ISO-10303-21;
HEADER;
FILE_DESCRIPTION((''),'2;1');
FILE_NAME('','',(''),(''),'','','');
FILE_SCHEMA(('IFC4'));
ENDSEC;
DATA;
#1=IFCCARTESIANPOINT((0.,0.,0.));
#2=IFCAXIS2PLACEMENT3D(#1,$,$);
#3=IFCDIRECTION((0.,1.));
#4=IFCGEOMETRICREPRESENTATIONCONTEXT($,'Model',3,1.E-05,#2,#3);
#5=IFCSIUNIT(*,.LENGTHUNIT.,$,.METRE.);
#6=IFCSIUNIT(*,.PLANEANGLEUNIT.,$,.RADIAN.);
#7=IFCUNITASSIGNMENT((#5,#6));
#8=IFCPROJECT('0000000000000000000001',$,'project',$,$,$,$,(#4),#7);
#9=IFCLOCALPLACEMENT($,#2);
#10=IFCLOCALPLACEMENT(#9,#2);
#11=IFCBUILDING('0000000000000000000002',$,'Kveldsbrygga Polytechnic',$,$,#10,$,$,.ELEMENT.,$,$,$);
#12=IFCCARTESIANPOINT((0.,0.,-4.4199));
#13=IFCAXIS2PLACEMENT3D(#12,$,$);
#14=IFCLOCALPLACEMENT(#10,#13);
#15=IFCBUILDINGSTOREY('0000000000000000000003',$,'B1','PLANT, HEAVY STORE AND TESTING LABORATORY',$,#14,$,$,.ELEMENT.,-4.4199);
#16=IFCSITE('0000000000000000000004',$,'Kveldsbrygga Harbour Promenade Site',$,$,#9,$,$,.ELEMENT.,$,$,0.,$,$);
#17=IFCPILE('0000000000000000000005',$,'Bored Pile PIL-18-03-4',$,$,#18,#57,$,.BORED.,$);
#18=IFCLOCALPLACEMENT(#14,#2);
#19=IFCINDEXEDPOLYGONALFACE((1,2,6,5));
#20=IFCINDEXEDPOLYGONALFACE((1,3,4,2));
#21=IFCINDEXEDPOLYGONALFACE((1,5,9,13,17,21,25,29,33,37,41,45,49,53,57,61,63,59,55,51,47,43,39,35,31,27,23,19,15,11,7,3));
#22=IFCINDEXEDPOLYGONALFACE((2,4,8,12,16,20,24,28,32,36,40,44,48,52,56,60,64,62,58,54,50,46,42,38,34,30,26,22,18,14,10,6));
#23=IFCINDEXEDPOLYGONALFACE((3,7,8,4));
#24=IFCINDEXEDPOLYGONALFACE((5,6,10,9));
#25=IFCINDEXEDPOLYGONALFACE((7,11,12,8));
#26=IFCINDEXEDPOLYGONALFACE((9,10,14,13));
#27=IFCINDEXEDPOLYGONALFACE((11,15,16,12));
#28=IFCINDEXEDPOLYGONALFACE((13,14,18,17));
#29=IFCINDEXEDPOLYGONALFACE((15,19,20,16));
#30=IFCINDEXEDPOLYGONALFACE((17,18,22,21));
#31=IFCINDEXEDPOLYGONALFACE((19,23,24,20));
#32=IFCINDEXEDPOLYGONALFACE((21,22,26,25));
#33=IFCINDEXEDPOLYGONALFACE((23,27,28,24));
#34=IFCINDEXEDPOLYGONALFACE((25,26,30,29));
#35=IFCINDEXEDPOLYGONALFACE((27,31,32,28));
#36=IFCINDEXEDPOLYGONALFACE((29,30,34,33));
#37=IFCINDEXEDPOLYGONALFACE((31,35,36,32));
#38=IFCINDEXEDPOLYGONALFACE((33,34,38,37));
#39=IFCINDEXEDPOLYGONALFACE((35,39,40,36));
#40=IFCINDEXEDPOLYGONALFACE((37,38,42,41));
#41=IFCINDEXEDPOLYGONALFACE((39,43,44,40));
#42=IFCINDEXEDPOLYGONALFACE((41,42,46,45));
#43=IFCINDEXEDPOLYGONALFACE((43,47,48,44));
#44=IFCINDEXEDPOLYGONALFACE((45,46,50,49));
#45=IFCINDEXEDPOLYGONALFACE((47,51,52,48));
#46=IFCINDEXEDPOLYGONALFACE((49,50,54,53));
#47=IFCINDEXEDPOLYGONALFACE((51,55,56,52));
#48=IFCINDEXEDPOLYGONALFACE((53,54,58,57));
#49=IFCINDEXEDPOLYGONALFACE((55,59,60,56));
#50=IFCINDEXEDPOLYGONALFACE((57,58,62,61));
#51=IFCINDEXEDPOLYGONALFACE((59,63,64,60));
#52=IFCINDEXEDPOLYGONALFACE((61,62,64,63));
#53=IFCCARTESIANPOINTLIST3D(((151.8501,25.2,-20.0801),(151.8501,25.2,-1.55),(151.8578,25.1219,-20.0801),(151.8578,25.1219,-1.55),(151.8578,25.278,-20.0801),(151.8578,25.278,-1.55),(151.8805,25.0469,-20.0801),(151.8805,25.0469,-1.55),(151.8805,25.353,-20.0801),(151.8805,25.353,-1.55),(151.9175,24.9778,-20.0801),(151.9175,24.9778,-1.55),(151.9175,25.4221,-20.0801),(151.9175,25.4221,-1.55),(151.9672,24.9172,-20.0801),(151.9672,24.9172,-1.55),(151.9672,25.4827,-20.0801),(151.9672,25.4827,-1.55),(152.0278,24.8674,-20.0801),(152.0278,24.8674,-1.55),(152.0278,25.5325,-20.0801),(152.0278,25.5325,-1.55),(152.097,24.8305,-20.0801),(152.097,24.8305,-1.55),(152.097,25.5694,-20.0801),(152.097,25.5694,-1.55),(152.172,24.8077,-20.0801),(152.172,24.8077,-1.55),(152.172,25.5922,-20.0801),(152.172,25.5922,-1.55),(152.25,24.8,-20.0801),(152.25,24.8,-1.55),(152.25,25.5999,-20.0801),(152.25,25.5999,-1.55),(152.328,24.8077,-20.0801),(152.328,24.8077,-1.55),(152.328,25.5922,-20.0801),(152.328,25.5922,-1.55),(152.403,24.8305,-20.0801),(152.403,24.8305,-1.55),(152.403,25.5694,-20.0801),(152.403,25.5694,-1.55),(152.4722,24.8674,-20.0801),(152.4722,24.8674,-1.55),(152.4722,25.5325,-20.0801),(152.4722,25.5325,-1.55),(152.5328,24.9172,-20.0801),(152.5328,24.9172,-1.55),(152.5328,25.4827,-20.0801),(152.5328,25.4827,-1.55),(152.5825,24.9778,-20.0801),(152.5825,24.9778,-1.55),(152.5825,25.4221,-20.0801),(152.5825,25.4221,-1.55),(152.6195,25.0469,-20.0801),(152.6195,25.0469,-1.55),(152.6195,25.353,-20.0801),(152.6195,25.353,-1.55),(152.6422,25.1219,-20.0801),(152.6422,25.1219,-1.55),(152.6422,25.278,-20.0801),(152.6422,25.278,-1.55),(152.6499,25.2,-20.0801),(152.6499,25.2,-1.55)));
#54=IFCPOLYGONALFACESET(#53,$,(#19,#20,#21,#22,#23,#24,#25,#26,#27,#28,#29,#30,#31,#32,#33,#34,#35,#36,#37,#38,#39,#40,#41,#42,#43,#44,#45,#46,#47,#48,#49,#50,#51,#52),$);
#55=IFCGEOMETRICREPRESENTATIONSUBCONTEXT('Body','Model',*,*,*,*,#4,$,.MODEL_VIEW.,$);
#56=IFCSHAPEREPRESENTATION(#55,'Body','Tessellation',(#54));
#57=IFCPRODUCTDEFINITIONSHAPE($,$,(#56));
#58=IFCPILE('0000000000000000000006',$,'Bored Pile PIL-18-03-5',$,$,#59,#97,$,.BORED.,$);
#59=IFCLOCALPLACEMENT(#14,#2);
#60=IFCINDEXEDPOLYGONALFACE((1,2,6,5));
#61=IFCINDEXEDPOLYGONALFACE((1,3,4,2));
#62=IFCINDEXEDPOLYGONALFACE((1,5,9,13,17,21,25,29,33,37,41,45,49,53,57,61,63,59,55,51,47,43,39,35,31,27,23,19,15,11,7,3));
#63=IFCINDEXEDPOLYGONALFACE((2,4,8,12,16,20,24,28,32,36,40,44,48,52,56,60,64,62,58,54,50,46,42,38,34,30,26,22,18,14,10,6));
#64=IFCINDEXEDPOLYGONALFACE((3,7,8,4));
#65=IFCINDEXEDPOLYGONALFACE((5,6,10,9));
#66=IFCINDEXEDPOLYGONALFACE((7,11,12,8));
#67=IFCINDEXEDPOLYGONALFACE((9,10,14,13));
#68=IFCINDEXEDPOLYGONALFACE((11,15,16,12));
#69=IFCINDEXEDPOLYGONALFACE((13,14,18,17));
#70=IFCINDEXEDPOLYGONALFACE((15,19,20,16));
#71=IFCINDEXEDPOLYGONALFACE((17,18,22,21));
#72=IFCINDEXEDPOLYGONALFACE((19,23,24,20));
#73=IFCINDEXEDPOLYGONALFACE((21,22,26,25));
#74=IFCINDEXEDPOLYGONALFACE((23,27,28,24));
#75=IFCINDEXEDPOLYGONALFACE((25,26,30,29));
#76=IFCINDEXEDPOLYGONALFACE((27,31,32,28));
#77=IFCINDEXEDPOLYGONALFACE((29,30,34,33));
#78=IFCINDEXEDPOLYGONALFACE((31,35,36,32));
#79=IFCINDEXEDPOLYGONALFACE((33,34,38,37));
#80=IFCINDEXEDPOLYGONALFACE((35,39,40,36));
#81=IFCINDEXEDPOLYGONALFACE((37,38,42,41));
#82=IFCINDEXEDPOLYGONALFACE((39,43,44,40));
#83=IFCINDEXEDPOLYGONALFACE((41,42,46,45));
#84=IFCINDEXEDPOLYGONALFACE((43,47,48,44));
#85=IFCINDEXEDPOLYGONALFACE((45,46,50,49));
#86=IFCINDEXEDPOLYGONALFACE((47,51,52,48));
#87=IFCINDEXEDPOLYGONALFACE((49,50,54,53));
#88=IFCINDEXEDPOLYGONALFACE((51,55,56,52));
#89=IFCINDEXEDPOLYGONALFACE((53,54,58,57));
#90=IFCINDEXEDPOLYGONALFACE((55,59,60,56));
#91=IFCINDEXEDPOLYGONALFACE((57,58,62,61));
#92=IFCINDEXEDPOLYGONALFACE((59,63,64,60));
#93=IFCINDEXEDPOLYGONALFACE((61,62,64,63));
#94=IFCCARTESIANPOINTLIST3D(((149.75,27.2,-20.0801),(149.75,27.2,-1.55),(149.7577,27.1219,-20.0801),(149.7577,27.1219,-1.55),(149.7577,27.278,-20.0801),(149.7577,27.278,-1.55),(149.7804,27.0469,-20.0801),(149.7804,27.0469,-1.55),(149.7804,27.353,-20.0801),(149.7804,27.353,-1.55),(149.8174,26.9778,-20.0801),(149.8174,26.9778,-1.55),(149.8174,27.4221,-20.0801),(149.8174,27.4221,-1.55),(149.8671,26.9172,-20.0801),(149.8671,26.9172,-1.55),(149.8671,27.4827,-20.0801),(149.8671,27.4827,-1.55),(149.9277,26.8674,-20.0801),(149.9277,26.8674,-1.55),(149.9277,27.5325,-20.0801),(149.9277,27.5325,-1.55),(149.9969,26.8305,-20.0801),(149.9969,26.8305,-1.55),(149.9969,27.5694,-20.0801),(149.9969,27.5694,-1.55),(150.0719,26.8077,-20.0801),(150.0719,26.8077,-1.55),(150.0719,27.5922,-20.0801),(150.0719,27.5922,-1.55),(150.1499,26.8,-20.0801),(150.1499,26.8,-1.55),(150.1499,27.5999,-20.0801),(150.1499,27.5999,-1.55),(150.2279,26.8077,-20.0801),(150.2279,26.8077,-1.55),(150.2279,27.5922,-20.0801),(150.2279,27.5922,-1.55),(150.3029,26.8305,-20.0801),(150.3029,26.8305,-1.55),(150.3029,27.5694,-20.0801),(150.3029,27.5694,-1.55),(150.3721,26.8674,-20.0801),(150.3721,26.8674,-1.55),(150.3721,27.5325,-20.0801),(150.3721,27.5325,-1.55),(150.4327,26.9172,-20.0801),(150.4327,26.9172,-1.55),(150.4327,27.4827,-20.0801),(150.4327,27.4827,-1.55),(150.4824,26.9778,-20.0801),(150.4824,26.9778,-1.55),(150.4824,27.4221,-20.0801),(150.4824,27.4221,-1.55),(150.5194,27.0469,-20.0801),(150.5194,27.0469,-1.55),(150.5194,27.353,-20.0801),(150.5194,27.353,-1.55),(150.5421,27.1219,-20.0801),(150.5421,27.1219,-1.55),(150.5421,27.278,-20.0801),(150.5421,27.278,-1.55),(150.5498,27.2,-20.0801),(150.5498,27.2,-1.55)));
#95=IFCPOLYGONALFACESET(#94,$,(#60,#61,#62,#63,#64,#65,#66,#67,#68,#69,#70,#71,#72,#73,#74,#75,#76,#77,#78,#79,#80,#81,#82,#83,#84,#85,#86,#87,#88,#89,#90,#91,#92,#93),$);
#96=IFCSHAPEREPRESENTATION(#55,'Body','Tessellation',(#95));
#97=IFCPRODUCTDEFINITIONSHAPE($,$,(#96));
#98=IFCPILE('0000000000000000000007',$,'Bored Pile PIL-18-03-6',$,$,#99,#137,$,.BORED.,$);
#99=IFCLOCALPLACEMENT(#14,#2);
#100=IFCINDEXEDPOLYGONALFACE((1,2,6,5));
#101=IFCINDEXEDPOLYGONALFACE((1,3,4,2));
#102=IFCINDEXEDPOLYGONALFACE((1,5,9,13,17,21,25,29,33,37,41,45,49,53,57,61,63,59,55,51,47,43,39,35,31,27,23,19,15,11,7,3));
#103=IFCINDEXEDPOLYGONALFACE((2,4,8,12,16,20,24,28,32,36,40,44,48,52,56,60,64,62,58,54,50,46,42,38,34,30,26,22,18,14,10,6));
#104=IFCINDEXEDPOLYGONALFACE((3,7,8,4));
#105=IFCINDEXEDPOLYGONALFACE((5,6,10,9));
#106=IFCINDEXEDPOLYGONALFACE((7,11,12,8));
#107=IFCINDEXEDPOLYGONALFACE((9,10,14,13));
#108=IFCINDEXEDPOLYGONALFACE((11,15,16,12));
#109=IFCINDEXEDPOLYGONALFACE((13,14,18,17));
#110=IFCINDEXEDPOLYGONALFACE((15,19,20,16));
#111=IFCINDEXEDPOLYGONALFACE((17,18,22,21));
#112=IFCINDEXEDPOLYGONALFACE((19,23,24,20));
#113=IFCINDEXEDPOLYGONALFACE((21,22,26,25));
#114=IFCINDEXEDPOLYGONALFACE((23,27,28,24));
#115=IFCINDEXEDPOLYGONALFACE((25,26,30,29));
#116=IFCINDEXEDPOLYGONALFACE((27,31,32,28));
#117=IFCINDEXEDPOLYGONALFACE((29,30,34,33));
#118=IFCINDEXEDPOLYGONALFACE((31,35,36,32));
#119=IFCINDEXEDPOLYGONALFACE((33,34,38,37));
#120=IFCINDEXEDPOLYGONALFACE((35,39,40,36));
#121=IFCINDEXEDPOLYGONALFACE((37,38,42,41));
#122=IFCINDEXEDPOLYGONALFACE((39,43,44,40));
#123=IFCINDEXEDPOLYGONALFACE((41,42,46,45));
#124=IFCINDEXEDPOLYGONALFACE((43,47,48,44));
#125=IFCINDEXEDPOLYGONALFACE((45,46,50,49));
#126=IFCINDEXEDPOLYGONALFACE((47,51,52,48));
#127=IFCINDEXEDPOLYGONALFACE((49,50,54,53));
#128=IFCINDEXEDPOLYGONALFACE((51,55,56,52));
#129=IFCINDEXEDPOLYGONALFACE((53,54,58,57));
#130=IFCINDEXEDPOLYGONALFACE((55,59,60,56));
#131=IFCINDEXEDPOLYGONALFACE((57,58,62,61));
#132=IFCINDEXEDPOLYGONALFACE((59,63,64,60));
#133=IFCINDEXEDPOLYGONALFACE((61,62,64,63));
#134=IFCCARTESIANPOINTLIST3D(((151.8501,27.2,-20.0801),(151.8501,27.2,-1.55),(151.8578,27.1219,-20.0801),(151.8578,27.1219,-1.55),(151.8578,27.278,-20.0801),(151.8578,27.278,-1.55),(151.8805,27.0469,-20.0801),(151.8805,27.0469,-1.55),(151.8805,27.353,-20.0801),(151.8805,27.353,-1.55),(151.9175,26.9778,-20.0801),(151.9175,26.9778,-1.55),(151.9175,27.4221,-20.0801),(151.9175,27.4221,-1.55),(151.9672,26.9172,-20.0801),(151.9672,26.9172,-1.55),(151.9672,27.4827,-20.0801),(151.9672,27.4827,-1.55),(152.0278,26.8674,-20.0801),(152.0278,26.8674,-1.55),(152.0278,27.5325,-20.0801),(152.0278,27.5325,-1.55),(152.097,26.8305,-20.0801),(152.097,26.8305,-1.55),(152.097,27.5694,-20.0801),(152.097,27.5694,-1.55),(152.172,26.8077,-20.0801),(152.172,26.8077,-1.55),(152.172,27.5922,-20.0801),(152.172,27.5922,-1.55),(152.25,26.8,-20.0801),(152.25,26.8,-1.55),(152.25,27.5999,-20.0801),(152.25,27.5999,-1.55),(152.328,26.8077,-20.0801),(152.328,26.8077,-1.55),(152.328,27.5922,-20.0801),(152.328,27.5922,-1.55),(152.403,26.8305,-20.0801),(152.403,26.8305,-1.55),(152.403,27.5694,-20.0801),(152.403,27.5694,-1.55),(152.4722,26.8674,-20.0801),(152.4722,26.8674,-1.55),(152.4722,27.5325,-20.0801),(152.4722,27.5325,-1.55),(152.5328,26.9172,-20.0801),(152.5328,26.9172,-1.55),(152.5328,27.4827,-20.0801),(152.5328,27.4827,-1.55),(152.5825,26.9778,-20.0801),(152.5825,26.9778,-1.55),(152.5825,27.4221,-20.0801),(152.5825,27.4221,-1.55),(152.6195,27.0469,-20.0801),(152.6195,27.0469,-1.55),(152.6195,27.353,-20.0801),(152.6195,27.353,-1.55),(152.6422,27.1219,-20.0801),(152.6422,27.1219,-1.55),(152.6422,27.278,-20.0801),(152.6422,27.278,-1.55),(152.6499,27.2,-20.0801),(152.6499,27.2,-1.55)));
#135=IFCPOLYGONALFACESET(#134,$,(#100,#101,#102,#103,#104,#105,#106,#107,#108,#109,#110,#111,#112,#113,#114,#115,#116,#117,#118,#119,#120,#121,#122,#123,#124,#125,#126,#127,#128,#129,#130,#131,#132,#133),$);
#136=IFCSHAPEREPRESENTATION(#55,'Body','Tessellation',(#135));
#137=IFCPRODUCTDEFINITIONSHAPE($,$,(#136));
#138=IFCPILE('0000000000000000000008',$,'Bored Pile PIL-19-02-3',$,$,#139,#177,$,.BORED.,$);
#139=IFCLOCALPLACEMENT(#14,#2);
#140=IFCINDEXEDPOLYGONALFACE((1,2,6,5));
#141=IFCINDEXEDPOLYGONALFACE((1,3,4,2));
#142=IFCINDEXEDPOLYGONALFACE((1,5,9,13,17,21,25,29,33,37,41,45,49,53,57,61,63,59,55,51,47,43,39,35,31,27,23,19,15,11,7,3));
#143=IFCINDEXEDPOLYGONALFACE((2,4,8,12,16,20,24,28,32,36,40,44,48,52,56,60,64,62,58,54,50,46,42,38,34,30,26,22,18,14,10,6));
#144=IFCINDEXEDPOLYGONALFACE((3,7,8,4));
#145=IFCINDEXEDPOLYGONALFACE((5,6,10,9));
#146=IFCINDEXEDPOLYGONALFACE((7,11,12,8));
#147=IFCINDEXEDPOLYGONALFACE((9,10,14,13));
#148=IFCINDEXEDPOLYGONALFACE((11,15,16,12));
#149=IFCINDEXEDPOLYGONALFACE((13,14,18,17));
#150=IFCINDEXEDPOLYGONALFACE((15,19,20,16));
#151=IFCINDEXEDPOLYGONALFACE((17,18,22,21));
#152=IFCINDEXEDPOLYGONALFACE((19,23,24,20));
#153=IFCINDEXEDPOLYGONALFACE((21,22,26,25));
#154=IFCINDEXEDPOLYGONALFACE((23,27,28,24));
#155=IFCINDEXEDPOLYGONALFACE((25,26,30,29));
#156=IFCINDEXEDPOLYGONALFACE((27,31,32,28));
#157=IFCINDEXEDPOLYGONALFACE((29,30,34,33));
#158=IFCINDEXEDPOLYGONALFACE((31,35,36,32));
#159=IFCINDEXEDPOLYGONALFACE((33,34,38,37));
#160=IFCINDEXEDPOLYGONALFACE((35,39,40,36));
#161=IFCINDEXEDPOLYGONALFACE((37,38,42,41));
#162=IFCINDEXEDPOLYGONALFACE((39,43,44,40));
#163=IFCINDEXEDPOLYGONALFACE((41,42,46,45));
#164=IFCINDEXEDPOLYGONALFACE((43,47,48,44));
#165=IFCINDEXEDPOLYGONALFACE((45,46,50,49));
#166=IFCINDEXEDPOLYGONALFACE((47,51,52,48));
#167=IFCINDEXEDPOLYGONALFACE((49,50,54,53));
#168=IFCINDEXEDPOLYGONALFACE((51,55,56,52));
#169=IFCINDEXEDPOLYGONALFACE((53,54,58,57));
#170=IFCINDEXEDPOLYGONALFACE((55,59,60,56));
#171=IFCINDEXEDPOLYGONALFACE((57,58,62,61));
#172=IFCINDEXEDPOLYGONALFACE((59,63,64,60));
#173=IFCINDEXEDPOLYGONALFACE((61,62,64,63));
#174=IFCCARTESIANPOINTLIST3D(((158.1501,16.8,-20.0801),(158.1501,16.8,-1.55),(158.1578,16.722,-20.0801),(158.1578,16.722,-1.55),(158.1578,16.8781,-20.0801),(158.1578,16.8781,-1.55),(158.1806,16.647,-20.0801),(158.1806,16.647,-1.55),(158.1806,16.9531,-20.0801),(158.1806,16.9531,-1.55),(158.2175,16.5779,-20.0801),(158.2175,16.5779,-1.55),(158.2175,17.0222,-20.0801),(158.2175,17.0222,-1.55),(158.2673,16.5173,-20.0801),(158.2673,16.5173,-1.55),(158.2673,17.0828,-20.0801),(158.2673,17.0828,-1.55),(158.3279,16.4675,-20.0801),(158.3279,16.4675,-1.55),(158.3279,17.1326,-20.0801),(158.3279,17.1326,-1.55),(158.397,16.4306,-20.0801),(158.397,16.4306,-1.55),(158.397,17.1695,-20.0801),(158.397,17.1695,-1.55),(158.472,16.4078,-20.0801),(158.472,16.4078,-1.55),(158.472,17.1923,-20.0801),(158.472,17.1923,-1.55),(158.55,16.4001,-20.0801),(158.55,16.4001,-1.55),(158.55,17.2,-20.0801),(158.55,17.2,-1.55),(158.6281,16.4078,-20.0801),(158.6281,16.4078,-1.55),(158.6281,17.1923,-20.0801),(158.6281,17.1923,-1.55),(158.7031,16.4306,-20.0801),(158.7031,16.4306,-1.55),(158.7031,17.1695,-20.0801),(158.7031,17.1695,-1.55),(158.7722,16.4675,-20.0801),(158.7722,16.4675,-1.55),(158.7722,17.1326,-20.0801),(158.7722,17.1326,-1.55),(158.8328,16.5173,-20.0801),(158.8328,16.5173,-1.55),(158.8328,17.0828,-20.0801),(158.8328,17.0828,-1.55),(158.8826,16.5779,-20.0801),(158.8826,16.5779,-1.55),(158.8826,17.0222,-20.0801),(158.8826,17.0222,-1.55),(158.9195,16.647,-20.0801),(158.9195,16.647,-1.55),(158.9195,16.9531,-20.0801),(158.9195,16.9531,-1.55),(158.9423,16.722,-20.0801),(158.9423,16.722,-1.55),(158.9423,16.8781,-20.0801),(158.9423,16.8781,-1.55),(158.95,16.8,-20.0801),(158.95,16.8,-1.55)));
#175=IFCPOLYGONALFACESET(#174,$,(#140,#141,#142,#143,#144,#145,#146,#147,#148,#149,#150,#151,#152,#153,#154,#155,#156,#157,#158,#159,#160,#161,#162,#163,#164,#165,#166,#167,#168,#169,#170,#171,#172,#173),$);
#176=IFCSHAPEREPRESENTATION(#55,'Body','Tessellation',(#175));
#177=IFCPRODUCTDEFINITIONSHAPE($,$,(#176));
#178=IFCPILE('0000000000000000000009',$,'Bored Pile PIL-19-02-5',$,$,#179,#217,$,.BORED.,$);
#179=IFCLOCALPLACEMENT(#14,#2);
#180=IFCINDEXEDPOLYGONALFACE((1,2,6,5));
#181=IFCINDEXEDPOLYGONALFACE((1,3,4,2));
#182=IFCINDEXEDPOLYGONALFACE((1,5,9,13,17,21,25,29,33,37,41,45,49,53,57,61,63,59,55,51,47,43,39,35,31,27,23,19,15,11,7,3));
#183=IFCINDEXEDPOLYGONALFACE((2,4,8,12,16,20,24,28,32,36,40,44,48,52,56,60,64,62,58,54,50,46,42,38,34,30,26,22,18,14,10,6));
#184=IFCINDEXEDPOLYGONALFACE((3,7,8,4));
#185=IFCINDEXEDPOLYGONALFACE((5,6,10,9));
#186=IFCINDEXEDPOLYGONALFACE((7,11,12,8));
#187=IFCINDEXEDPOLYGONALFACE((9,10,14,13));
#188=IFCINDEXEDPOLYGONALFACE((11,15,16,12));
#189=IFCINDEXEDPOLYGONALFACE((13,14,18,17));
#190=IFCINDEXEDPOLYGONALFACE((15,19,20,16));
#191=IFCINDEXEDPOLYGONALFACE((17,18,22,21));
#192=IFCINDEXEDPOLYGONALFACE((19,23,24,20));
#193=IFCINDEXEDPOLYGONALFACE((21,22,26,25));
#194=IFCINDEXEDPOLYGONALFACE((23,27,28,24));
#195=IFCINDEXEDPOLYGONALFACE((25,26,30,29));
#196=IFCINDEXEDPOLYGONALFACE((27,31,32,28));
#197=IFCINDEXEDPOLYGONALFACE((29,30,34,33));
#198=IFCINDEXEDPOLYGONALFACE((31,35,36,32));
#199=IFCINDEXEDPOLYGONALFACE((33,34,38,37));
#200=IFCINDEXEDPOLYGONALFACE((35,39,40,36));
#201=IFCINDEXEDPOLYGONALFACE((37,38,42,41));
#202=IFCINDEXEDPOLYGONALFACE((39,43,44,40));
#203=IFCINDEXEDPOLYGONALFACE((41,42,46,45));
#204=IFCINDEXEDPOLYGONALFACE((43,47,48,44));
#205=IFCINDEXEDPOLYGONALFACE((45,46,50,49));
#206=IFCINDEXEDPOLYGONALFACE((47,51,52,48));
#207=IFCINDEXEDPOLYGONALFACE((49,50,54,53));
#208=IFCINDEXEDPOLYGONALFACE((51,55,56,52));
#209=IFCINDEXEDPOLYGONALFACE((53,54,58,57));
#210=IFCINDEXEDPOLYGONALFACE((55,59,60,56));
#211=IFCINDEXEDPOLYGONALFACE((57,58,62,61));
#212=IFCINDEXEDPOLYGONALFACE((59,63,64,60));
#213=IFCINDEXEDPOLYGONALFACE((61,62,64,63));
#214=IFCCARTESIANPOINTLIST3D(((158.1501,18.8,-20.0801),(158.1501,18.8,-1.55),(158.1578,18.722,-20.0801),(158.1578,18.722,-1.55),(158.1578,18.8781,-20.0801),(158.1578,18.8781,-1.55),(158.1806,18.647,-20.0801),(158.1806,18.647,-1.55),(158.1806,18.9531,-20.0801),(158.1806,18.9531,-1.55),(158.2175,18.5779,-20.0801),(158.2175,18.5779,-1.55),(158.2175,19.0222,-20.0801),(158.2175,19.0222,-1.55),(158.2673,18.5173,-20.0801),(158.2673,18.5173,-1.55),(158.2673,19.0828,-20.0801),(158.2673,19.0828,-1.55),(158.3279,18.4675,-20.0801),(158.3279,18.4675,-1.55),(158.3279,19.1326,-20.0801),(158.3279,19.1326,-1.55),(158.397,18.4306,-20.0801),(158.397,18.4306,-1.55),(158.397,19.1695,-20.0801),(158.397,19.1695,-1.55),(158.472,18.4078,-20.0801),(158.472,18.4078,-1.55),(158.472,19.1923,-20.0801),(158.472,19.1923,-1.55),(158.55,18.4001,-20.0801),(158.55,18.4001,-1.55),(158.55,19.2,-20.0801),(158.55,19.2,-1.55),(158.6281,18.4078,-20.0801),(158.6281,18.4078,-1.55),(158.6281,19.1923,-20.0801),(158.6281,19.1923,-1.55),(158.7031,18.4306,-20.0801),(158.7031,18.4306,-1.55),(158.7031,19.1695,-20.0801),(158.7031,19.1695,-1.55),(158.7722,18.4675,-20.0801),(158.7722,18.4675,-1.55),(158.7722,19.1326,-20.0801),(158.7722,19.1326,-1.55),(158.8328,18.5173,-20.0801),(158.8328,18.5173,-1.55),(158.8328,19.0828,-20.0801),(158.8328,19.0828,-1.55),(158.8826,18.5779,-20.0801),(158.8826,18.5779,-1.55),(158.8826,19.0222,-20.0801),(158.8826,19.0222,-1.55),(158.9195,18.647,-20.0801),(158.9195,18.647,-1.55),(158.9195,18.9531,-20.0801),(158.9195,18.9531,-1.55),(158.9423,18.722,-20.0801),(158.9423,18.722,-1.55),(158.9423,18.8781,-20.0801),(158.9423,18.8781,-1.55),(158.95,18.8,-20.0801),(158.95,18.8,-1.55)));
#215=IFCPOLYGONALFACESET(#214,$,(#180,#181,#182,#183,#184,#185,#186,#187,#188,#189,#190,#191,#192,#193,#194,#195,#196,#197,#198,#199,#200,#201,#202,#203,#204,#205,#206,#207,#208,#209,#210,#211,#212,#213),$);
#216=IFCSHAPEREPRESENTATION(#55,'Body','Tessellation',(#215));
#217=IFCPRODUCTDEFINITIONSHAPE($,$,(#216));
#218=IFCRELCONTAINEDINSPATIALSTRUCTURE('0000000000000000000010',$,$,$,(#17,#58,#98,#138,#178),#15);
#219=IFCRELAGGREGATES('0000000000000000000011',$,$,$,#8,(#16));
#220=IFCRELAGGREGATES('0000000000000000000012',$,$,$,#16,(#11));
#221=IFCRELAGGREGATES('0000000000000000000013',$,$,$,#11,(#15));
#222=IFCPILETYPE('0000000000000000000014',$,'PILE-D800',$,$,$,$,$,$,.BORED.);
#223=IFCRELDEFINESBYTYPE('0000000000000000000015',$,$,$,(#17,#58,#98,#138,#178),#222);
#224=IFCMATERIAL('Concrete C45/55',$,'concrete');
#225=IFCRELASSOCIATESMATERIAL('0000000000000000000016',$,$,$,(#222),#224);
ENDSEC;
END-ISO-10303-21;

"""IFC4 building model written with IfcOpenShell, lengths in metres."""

from ifc_helpers import new_model, si_unit, direction, frame, origin, origin_2d, place, context, subcontext, project, spatial, circle, extrude, material, material_profile, profile_set, type_object, element, save


model = new_model("IFC4")

# Units and contexts
model_context = context("Model", 3, precision=1e-05, world=origin(), true_north=direction((0.0, 1.0)))
body_context = subcontext(model_context, "Body", "Model", "MODEL_VIEW")
ifc_project = project(units=[si_unit("LENGTHUNIT", "METRE"), si_unit("PLANEANGLEUNIT", "RADIAN")], contexts=[model_context])

# Site, building, storey
site_placement = place(None, origin())
site = spatial("IfcSite", under=ifc_project, at=site_placement, Name="Kveldsbrygga Harbour Promenade Site", CompositionType="ELEMENT", RefElevation=0.0)
building_placement = place(site_placement, origin())
building = spatial("IfcBuilding", under=site, at=building_placement, Name="Kveldsbrygga Polytechnic", CompositionType="ELEMENT")
storey_placement = place(building_placement, frame((0.0, 0.0, -4.4199)))
storey = spatial("IfcBuildingStorey", under=building, at=storey_placement, Name="B1", Description="PLANT, HEAVY STORE AND TESTING LABORATORY", CompositionType="ELEMENT", Elevation=-4.4199)

# Shared definitions
ifc_material_1 = material(Name="Concrete C45/55", Category="concrete")

# Piles
ifc_material_profile_1 = material_profile(ifc_material_1, circle(Radius=0.3999, at=origin_2d()), Name="PILE D800")
ifc_profile_set_1 = profile_set([ifc_material_profile_1], Name="Concrete C45/55")
pile_type = type_object("IfcPileType", Name="PILE-D800", PredefinedType="BORED", material=ifc_profile_set_1)
for number, where, z_axis, x_axis, name in (
    (1, (152.25, 25.2, -1.55), (0.0, 0.0, -1.0), (1.0, 0.0, 0.0), "Bored Pile PIL-18-03-4"),
    (2, (150.1499, 27.2, -1.55), (0.0, 0.0, -1.0), (1.0, 0.0, 0.0), "Bored Pile PIL-18-03-5"),
    (3, (152.25, 27.2, -1.55), (0.0, 0.0, -1.0), (1.0, 0.0, 0.0), "Bored Pile PIL-18-03-6"),
    (4, (158.55, 16.8, -1.55), (0.0, 0.0, -1.0), (1.0, 0.0, 0.0), "Bored Pile PIL-19-02-3"),
    (5, (158.55, 18.8, -1.55), (0.0, 0.0, -1.0), (1.0, 0.0, 0.0), "Bored Pile PIL-19-02-5"),
):
    element("IfcPile", number, at=place(storey_placement, frame(where, z_axis=z_axis, x_axis=x_axis)), inside=storey, type_object=pile_type, Name=name, PredefinedType="BORED", context=body_context, shape_type="SweptSolid", body=[
        extrude(circle(Radius=0.3999, at=origin_2d()), origin(), (0.0, 0.0, 1.0), 18.53),
    ])

save(model, "model.ifc")
